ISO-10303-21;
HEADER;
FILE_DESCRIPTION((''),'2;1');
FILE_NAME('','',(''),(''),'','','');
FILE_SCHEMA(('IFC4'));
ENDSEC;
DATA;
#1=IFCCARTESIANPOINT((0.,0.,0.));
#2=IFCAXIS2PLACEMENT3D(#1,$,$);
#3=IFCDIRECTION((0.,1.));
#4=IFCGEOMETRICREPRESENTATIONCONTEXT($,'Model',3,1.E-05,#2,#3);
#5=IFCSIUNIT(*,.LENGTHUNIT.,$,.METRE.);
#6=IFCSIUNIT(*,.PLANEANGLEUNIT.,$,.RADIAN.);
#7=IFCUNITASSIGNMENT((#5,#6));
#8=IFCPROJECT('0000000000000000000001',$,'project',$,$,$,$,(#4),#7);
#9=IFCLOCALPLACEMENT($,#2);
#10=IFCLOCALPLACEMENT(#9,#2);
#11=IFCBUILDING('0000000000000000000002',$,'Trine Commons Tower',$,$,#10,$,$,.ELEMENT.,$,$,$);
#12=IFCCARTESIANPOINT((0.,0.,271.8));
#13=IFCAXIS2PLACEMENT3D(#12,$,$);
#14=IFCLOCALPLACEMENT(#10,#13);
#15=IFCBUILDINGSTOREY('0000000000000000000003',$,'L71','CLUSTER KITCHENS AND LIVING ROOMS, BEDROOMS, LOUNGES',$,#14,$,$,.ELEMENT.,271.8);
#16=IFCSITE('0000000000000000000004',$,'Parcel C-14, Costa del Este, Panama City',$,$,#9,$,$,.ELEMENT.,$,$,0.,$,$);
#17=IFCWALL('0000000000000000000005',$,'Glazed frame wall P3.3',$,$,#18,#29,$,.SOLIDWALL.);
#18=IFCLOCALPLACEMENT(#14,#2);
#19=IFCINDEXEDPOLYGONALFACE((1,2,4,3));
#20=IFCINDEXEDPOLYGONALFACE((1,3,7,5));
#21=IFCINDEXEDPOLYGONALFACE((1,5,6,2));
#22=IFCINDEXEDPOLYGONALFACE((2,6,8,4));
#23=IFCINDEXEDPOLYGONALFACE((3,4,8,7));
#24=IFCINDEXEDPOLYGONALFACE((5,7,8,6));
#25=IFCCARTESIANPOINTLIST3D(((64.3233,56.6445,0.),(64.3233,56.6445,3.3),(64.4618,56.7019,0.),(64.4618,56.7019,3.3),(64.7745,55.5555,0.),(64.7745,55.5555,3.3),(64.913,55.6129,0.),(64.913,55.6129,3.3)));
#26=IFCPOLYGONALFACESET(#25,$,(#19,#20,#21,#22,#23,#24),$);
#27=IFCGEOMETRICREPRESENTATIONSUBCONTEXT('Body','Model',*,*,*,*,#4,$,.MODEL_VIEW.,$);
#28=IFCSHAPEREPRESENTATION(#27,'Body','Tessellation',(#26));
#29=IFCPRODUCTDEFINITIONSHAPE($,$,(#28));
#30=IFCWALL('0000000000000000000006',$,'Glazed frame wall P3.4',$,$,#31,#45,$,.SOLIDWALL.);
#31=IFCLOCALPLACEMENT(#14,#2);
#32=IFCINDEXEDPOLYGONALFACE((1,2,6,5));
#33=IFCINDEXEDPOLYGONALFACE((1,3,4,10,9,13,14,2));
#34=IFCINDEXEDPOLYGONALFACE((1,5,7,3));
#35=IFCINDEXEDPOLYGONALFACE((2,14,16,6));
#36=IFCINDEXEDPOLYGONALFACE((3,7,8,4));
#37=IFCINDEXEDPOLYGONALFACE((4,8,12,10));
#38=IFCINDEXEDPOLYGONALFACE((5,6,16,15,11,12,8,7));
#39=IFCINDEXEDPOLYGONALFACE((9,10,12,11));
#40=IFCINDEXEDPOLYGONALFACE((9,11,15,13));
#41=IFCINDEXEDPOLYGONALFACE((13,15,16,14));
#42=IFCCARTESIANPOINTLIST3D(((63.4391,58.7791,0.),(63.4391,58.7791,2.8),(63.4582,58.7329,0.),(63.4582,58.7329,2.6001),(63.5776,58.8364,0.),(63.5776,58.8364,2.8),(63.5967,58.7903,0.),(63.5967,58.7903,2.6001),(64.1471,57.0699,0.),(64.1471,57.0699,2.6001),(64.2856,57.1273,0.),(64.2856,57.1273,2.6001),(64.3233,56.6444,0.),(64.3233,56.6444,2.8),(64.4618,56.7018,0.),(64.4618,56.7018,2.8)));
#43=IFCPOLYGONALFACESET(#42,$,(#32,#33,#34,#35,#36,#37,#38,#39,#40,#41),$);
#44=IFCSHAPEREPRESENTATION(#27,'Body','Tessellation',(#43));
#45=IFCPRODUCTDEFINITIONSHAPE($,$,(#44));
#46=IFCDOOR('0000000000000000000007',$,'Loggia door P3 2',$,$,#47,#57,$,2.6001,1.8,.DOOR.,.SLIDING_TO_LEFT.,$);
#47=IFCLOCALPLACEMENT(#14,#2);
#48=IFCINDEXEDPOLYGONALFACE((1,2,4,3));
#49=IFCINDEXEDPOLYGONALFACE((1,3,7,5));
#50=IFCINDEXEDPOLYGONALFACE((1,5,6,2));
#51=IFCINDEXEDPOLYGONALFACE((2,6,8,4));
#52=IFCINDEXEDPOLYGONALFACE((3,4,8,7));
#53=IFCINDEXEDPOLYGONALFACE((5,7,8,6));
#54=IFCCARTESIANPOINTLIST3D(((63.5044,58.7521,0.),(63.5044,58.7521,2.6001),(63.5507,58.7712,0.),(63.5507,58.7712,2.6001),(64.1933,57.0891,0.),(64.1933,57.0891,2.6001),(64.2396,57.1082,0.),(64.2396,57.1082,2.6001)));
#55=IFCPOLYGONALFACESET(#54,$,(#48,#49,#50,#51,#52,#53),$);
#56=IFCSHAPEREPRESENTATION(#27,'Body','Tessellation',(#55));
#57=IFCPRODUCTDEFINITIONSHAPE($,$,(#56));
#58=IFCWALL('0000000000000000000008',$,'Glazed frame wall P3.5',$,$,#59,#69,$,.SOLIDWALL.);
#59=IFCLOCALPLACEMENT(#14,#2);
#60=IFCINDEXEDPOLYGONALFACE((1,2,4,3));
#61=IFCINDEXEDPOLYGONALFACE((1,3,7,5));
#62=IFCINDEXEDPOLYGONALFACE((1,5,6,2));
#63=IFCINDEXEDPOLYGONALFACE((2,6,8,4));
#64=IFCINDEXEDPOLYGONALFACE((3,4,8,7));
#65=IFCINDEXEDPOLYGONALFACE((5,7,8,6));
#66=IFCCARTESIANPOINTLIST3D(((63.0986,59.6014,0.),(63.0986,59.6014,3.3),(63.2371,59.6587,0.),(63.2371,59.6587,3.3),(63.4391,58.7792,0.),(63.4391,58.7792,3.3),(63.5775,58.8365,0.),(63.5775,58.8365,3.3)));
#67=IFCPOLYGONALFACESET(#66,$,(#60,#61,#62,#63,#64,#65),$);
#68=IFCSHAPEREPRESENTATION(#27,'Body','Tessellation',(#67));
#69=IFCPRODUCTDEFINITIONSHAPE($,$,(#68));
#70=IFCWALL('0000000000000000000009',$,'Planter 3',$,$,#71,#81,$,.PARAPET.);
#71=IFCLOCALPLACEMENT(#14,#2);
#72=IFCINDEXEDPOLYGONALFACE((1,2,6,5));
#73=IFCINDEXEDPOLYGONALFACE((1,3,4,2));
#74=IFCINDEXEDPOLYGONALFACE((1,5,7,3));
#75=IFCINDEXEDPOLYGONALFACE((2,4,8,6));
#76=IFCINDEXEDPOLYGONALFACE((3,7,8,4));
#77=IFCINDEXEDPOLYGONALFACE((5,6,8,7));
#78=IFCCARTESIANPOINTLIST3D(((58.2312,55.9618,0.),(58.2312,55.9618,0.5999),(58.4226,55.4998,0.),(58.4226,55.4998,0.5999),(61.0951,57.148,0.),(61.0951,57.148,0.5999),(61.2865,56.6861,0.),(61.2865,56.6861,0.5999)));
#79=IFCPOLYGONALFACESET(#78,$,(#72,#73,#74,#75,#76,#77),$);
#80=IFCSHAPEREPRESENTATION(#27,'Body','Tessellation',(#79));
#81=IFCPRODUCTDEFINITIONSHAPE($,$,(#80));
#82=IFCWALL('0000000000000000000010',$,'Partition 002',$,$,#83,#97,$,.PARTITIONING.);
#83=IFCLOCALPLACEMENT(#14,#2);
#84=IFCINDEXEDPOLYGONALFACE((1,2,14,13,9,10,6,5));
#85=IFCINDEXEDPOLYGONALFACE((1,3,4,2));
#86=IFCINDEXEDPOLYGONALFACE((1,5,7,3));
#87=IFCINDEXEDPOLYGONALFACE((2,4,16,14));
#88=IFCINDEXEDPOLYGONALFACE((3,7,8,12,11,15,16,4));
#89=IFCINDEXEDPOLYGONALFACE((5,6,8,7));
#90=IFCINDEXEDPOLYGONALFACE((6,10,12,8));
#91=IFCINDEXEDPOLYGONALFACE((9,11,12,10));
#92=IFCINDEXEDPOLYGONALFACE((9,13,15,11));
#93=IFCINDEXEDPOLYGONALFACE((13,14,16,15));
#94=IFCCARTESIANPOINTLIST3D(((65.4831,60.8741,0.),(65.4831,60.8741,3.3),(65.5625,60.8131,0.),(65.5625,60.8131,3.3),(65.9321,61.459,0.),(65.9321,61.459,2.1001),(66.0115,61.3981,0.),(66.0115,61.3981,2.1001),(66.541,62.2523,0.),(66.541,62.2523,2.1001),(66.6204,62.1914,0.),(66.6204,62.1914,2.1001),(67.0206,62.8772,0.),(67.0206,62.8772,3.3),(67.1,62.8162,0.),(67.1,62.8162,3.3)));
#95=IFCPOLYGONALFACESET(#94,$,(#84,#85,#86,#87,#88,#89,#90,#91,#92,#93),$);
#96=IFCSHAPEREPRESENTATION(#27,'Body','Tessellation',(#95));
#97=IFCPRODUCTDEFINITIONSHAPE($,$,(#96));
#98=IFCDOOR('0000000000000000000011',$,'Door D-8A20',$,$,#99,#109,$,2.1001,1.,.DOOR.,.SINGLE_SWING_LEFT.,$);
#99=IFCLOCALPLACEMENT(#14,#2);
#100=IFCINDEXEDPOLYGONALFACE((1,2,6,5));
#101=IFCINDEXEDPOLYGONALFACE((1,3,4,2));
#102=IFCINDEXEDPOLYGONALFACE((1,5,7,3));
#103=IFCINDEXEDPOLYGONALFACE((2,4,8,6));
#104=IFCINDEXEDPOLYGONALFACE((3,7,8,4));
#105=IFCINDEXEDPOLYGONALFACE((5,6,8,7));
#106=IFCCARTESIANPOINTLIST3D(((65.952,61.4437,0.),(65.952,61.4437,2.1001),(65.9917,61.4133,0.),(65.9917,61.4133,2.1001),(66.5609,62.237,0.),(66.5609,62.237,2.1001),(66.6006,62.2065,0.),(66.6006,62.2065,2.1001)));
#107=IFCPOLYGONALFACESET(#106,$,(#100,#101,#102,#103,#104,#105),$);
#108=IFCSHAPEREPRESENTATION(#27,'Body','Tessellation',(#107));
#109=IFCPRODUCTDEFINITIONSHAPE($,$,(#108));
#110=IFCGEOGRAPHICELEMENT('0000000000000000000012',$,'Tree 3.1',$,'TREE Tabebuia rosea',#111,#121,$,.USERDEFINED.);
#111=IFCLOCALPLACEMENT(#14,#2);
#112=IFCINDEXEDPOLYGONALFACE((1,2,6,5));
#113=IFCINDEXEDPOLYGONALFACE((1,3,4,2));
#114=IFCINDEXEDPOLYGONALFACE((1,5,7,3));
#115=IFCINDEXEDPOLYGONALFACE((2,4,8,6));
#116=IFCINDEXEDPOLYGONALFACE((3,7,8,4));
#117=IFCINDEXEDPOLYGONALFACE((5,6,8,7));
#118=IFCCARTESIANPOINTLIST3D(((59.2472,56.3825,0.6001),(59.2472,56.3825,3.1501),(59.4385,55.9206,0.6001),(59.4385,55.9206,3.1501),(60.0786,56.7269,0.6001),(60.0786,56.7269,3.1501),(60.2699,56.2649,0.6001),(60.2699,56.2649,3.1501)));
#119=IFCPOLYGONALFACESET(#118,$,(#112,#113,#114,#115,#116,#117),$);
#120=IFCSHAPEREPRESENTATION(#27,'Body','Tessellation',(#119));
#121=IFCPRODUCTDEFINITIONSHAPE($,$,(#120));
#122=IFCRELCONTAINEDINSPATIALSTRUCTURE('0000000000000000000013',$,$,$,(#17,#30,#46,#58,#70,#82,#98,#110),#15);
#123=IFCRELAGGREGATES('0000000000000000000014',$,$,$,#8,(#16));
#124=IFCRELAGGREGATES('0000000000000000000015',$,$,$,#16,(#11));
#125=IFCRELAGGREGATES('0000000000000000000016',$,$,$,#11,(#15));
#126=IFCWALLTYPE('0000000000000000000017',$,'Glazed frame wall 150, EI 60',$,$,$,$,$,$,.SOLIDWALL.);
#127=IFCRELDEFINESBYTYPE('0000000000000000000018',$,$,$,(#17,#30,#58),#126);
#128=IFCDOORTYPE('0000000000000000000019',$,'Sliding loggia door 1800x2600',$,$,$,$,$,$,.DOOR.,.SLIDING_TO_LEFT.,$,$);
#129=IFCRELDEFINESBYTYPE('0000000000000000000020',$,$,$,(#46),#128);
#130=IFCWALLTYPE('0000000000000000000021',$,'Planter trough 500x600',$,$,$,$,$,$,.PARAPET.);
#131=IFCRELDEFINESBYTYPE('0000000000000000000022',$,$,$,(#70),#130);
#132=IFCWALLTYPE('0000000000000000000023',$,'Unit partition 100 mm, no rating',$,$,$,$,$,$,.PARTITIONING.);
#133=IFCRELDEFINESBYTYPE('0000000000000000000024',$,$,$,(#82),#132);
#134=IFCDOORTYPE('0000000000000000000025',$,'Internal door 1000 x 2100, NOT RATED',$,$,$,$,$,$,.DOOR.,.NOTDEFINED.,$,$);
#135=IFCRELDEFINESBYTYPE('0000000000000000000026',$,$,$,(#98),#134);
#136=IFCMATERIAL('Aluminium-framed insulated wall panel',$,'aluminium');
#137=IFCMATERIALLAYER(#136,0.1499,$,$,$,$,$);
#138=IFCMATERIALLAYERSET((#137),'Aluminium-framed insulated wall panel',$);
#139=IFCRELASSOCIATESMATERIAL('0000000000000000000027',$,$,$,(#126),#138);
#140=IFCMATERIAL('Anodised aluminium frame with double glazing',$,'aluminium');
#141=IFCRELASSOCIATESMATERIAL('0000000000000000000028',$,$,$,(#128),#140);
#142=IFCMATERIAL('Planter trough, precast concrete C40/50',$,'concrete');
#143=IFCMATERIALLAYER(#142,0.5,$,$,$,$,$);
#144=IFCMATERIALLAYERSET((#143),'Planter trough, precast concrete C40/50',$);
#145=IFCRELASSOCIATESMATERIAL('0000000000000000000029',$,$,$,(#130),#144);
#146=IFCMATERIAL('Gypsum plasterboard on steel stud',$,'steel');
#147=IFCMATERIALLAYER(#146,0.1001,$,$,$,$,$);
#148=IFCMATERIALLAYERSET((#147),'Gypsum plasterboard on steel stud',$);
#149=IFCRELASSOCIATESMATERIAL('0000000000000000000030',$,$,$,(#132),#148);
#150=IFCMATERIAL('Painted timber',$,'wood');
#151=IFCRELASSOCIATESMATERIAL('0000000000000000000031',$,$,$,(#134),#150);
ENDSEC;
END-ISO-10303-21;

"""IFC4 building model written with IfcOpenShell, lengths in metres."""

from ifc_helpers import new_model, si_unit, direction, frame, frame_2d, origin, origin_2d, place, context, subcontext, project, spatial, polyline, rectangle, outline, extrude, material, layer, layer_set, type_object, element, fill, save


model = new_model("IFC4")

# Units and contexts
model_context = context("Model", 3, precision=1e-05, world=origin(), true_north=direction((0.0, 1.0)))
body_context = subcontext(model_context, "Body", "Model", "MODEL_VIEW")
ifc_project = project(units=[si_unit("LENGTHUNIT", "METRE"), si_unit("PLANEANGLEUNIT", "RADIAN")], contexts=[model_context])

# Site, building, storey
site_placement = place(None, origin())
site = spatial("IfcSite", under=ifc_project, at=site_placement, Name="Parcel C-14, Costa del Este, Panama City", CompositionType="ELEMENT", RefElevation=0.0)
building_placement = place(site_placement, origin())
building = spatial("IfcBuilding", under=site, at=building_placement, Name="Trine Commons Tower", CompositionType="ELEMENT")
storey_placement = place(building_placement, frame((0.0, 0.0, 271.8)))
storey = spatial("IfcBuildingStorey", under=building, at=storey_placement, Name="L71", Description="CLUSTER KITCHENS AND LIVING ROOMS, BEDROOMS, LOUNGES", CompositionType="ELEMENT", Elevation=271.8)

# Shared definitions
ifc_material_1 = material(Name="Aluminium-framed insulated wall panel", Category="aluminium")
ifc_layer_1 = layer(ifc_material_1, 0.1499)
ifc_layer_set_1 = layer_set([ifc_layer_1], Name="Aluminium-framed insulated wall panel")
wall_type_1 = type_object("IfcWallType", Name="Glazed frame wall 150, EI 60", PredefinedType="SOLIDWALL", material=ifc_layer_set_1)
ifc_material_2 = material(Name="Anodised aluminium frame with double glazing", Category="aluminium")
door_type_1 = type_object("IfcDoorType", Name="Sliding loggia door 1800x2600", OperationType="SLIDING_TO_LEFT", PredefinedType="DOOR", material=ifc_material_2)

# Wall
wall_1_placement = place(storey_placement, frame((64.8438, 55.5842, 0.0), z_axis=(0.0, 0.0, 1.0), x_axis=(-0.382791, 0.923835, 0.0)))
element("IfcWall", 1, at=wall_1_placement, inside=storey, type_object=wall_type_1, Name="Glazed frame wall P3.3", PredefinedType="SOLIDWALL", context=body_context, shape_type="SweptSolid", body=[
    extrude(outline(polyline([(0.0, -0.075), (1.1787, -0.075), (1.1787, 0.075), (0.0, 0.075), (0.0, -0.075)])), origin(), (0.0, 0.0, 1.0), 3.3),
])

# Wall, opening, door
wall_2_placement = place(storey_placement, frame((64.3926, 56.6731, 0.0), z_axis=(0.0, 0.0, 1.0), x_axis=(-0.382694, 0.923875, 0.0)))
wall_2 = element("IfcWall", 2, at=wall_2_placement, inside=storey, type_object=wall_type_1, Name="Glazed frame wall P3.4", PredefinedType="SOLIDWALL", context=body_context, shape_type="SweptSolid", body=[
    extrude(outline(polyline([(0.0, -0.075), (2.3105, -0.075), (2.3105, 0.075), (0.0, 0.075), (0.0, -0.075)])), origin(), (0.0, 0.0, 1.0), 2.8),
])
opening_1_placement = place(wall_2_placement, frame((0.4607, 0.0, 0.0)))
opening_1 = element("IfcOpeningElement", 3, at=opening_1_placement, cuts=wall_2, PredefinedType="OPENING", context=body_context, shape_type="SweptSolid", body=[
    extrude(rectangle(XDim=1.8, YDim=2.6001, at=frame_2d((0.8999, 1.3))), frame((0.0, 0.085, 0.0), z_axis=(0.0, -1.0, 0.0), x_axis=(1.0, 0.0, 0.0)), (0.0, 0.0, 1.0), 0.1699),
])
door_1_placement = place(opening_1_placement, origin())
door_1 = element("IfcDoor", 4, at=door_1_placement, inside=storey, type_object=door_type_1, Name="Loggia door P3 2", OperationType="SLIDING_TO_LEFT", OverallHeight=2.6001, OverallWidth=1.8, PredefinedType="DOOR", context=body_context, shape_type="SweptSolid", body=[
    extrude(rectangle(XDim=1.8, YDim=2.6001, at=frame_2d((0.8999, 1.3))), frame((0.0, 0.0249, 0.0), z_axis=(0.0, -1.0, 0.0), x_axis=(1.0, 0.0, 0.0)), (0.0, 0.0, 1.0), 0.05),
])
fill(opening_1, door_1)

# Walls
wall_3_placement = place(storey_placement, frame((63.5083, 58.8079, 0.0), z_axis=(0.0, 0.0, 1.0), x_axis=(-0.382603, 0.923913, 0.0)))
element("IfcWall", 5, at=wall_3_placement, inside=storey, type_object=wall_type_1, Name="Glazed frame wall P3.5", PredefinedType="SOLIDWALL", context=body_context, shape_type="SweptSolid", body=[
    extrude(outline(polyline([(0.8899, 0.075), (0.0, 0.075), (0.0, -0.075), (0.8899, -0.075), (0.8899, 0.075)])), origin(), (0.0, 0.0, 1.0), 3.3),
])
ifc_material_3 = material(Name="Planter trough, precast concrete C40/50", Category="concrete")
ifc_layer_2 = layer(ifc_material_3, 0.5)
ifc_layer_set_2 = layer_set([ifc_layer_2], Name="Planter trough, precast concrete C40/50")
wall_type_2 = type_object("IfcWallType", Name="Planter trough 500x600", PredefinedType="PARAPET", material=ifc_layer_set_2)
wall_4_placement = place(storey_placement, frame((61.1907, 56.917, 0.0), z_axis=(0.0, 0.0, 1.0), x_axis=(-0.923883, -0.382674, 0.0)))
element("IfcWall", 6, at=wall_4_placement, inside=storey, type_object=wall_type_2, Name="Planter 3", PredefinedType="PARAPET", context=body_context, shape_type="SweptSolid", body=[
    extrude(rectangle(XDim=3.0999, YDim=0.5, at=frame_2d((1.5498, 0.0))), origin(), (0.0, 0.0, 1.0), 0.5999),
])

# Wall, opening, door
ifc_material_4 = material(Name="Gypsum plasterboard on steel stud", Category="steel")
ifc_layer_3 = layer(ifc_material_4, 0.1001)
ifc_layer_set_3 = layer_set([ifc_layer_3], Name="Gypsum plasterboard on steel stud")
wall_type_3 = type_object("IfcWallType", Name="Unit partition 100 mm, no rating", PredefinedType="PARTITIONING", material=ifc_layer_set_3)
wall_5_placement = place(storey_placement, frame((65.5227, 60.8435, 0.0), z_axis=(0.0, 0.0, 1.0), x_axis=(0.608888, 0.793256, 0.0)))
wall_5 = element("IfcWall", 7, at=wall_5_placement, inside=storey, type_object=wall_type_3, Name="Partition 002", PredefinedType="PARTITIONING", context=body_context, shape_type="SweptSolid", body=[
    extrude(rectangle(XDim=2.5251, YDim=0.1001, at=frame_2d((1.2627, 0.0))), origin(), (0.0, 0.0, 1.0), 3.3),
])
opening_2_placement = place(wall_5_placement, frame((0.7375, 0.0, 0.0)))
opening_2 = element("IfcOpeningElement", 8, at=opening_2_placement, cuts=wall_5, PredefinedType="OPENING", context=body_context, shape_type="SweptSolid", body=[
    extrude(rectangle(XDim=1.0, YDim=2.1001, at=frame_2d((0.5, 1.05))), frame((0.0, 0.0601, 0.0), z_axis=(0.0, -1.0, 0.0), x_axis=(1.0, 0.0, 0.0)), (0.0, 0.0, 1.0), 0.1201),
])
ifc_material_5 = material(Name="Painted timber", Category="wood")
door_type_2 = type_object("IfcDoorType", Name="Internal door 1000 x 2100, NOT RATED", OperationType="NOTDEFINED", PredefinedType="DOOR", material=ifc_material_5)
door_2_placement = place(opening_2_placement, origin())
door_2 = element("IfcDoor", 9, at=door_2_placement, inside=storey, type_object=door_type_2, Name="Door D-8A20", OperationType="SINGLE_SWING_LEFT", OverallHeight=2.1001, OverallWidth=1.0, PredefinedType="DOOR", context=body_context, shape_type="SweptSolid", body=[
    extrude(rectangle(XDim=1.0, YDim=2.1001, at=frame_2d((0.5, 1.05))), frame((0.0, 0.0249, 0.0), z_axis=(0.0, -1.0, 0.0), x_axis=(1.0, 0.0, 0.0)), (0.0, 0.0, 1.0), 0.05),
])
fill(opening_2, door_2)

# Geographic element
geographic_element_placement = place(storey_placement, frame((59.7585, 56.3237, 0.6001), z_axis=(0.0, 0.0, 1.0), x_axis=(-0.923886, -0.382669, 0.0)))
element("IfcGeographicElement", 10, at=geographic_element_placement, inside=storey, Name="Tree 3.1", ObjectType="TREE Tabebuia rosea", PredefinedType="USERDEFINED", context=body_context, shape_type="SweptSolid", body=[
    extrude(rectangle(XDim=0.8999, YDim=0.5, at=origin_2d()), origin(), (0.0, 0.0, 1.0), 2.55),
])

save(model, "model.ifc")
